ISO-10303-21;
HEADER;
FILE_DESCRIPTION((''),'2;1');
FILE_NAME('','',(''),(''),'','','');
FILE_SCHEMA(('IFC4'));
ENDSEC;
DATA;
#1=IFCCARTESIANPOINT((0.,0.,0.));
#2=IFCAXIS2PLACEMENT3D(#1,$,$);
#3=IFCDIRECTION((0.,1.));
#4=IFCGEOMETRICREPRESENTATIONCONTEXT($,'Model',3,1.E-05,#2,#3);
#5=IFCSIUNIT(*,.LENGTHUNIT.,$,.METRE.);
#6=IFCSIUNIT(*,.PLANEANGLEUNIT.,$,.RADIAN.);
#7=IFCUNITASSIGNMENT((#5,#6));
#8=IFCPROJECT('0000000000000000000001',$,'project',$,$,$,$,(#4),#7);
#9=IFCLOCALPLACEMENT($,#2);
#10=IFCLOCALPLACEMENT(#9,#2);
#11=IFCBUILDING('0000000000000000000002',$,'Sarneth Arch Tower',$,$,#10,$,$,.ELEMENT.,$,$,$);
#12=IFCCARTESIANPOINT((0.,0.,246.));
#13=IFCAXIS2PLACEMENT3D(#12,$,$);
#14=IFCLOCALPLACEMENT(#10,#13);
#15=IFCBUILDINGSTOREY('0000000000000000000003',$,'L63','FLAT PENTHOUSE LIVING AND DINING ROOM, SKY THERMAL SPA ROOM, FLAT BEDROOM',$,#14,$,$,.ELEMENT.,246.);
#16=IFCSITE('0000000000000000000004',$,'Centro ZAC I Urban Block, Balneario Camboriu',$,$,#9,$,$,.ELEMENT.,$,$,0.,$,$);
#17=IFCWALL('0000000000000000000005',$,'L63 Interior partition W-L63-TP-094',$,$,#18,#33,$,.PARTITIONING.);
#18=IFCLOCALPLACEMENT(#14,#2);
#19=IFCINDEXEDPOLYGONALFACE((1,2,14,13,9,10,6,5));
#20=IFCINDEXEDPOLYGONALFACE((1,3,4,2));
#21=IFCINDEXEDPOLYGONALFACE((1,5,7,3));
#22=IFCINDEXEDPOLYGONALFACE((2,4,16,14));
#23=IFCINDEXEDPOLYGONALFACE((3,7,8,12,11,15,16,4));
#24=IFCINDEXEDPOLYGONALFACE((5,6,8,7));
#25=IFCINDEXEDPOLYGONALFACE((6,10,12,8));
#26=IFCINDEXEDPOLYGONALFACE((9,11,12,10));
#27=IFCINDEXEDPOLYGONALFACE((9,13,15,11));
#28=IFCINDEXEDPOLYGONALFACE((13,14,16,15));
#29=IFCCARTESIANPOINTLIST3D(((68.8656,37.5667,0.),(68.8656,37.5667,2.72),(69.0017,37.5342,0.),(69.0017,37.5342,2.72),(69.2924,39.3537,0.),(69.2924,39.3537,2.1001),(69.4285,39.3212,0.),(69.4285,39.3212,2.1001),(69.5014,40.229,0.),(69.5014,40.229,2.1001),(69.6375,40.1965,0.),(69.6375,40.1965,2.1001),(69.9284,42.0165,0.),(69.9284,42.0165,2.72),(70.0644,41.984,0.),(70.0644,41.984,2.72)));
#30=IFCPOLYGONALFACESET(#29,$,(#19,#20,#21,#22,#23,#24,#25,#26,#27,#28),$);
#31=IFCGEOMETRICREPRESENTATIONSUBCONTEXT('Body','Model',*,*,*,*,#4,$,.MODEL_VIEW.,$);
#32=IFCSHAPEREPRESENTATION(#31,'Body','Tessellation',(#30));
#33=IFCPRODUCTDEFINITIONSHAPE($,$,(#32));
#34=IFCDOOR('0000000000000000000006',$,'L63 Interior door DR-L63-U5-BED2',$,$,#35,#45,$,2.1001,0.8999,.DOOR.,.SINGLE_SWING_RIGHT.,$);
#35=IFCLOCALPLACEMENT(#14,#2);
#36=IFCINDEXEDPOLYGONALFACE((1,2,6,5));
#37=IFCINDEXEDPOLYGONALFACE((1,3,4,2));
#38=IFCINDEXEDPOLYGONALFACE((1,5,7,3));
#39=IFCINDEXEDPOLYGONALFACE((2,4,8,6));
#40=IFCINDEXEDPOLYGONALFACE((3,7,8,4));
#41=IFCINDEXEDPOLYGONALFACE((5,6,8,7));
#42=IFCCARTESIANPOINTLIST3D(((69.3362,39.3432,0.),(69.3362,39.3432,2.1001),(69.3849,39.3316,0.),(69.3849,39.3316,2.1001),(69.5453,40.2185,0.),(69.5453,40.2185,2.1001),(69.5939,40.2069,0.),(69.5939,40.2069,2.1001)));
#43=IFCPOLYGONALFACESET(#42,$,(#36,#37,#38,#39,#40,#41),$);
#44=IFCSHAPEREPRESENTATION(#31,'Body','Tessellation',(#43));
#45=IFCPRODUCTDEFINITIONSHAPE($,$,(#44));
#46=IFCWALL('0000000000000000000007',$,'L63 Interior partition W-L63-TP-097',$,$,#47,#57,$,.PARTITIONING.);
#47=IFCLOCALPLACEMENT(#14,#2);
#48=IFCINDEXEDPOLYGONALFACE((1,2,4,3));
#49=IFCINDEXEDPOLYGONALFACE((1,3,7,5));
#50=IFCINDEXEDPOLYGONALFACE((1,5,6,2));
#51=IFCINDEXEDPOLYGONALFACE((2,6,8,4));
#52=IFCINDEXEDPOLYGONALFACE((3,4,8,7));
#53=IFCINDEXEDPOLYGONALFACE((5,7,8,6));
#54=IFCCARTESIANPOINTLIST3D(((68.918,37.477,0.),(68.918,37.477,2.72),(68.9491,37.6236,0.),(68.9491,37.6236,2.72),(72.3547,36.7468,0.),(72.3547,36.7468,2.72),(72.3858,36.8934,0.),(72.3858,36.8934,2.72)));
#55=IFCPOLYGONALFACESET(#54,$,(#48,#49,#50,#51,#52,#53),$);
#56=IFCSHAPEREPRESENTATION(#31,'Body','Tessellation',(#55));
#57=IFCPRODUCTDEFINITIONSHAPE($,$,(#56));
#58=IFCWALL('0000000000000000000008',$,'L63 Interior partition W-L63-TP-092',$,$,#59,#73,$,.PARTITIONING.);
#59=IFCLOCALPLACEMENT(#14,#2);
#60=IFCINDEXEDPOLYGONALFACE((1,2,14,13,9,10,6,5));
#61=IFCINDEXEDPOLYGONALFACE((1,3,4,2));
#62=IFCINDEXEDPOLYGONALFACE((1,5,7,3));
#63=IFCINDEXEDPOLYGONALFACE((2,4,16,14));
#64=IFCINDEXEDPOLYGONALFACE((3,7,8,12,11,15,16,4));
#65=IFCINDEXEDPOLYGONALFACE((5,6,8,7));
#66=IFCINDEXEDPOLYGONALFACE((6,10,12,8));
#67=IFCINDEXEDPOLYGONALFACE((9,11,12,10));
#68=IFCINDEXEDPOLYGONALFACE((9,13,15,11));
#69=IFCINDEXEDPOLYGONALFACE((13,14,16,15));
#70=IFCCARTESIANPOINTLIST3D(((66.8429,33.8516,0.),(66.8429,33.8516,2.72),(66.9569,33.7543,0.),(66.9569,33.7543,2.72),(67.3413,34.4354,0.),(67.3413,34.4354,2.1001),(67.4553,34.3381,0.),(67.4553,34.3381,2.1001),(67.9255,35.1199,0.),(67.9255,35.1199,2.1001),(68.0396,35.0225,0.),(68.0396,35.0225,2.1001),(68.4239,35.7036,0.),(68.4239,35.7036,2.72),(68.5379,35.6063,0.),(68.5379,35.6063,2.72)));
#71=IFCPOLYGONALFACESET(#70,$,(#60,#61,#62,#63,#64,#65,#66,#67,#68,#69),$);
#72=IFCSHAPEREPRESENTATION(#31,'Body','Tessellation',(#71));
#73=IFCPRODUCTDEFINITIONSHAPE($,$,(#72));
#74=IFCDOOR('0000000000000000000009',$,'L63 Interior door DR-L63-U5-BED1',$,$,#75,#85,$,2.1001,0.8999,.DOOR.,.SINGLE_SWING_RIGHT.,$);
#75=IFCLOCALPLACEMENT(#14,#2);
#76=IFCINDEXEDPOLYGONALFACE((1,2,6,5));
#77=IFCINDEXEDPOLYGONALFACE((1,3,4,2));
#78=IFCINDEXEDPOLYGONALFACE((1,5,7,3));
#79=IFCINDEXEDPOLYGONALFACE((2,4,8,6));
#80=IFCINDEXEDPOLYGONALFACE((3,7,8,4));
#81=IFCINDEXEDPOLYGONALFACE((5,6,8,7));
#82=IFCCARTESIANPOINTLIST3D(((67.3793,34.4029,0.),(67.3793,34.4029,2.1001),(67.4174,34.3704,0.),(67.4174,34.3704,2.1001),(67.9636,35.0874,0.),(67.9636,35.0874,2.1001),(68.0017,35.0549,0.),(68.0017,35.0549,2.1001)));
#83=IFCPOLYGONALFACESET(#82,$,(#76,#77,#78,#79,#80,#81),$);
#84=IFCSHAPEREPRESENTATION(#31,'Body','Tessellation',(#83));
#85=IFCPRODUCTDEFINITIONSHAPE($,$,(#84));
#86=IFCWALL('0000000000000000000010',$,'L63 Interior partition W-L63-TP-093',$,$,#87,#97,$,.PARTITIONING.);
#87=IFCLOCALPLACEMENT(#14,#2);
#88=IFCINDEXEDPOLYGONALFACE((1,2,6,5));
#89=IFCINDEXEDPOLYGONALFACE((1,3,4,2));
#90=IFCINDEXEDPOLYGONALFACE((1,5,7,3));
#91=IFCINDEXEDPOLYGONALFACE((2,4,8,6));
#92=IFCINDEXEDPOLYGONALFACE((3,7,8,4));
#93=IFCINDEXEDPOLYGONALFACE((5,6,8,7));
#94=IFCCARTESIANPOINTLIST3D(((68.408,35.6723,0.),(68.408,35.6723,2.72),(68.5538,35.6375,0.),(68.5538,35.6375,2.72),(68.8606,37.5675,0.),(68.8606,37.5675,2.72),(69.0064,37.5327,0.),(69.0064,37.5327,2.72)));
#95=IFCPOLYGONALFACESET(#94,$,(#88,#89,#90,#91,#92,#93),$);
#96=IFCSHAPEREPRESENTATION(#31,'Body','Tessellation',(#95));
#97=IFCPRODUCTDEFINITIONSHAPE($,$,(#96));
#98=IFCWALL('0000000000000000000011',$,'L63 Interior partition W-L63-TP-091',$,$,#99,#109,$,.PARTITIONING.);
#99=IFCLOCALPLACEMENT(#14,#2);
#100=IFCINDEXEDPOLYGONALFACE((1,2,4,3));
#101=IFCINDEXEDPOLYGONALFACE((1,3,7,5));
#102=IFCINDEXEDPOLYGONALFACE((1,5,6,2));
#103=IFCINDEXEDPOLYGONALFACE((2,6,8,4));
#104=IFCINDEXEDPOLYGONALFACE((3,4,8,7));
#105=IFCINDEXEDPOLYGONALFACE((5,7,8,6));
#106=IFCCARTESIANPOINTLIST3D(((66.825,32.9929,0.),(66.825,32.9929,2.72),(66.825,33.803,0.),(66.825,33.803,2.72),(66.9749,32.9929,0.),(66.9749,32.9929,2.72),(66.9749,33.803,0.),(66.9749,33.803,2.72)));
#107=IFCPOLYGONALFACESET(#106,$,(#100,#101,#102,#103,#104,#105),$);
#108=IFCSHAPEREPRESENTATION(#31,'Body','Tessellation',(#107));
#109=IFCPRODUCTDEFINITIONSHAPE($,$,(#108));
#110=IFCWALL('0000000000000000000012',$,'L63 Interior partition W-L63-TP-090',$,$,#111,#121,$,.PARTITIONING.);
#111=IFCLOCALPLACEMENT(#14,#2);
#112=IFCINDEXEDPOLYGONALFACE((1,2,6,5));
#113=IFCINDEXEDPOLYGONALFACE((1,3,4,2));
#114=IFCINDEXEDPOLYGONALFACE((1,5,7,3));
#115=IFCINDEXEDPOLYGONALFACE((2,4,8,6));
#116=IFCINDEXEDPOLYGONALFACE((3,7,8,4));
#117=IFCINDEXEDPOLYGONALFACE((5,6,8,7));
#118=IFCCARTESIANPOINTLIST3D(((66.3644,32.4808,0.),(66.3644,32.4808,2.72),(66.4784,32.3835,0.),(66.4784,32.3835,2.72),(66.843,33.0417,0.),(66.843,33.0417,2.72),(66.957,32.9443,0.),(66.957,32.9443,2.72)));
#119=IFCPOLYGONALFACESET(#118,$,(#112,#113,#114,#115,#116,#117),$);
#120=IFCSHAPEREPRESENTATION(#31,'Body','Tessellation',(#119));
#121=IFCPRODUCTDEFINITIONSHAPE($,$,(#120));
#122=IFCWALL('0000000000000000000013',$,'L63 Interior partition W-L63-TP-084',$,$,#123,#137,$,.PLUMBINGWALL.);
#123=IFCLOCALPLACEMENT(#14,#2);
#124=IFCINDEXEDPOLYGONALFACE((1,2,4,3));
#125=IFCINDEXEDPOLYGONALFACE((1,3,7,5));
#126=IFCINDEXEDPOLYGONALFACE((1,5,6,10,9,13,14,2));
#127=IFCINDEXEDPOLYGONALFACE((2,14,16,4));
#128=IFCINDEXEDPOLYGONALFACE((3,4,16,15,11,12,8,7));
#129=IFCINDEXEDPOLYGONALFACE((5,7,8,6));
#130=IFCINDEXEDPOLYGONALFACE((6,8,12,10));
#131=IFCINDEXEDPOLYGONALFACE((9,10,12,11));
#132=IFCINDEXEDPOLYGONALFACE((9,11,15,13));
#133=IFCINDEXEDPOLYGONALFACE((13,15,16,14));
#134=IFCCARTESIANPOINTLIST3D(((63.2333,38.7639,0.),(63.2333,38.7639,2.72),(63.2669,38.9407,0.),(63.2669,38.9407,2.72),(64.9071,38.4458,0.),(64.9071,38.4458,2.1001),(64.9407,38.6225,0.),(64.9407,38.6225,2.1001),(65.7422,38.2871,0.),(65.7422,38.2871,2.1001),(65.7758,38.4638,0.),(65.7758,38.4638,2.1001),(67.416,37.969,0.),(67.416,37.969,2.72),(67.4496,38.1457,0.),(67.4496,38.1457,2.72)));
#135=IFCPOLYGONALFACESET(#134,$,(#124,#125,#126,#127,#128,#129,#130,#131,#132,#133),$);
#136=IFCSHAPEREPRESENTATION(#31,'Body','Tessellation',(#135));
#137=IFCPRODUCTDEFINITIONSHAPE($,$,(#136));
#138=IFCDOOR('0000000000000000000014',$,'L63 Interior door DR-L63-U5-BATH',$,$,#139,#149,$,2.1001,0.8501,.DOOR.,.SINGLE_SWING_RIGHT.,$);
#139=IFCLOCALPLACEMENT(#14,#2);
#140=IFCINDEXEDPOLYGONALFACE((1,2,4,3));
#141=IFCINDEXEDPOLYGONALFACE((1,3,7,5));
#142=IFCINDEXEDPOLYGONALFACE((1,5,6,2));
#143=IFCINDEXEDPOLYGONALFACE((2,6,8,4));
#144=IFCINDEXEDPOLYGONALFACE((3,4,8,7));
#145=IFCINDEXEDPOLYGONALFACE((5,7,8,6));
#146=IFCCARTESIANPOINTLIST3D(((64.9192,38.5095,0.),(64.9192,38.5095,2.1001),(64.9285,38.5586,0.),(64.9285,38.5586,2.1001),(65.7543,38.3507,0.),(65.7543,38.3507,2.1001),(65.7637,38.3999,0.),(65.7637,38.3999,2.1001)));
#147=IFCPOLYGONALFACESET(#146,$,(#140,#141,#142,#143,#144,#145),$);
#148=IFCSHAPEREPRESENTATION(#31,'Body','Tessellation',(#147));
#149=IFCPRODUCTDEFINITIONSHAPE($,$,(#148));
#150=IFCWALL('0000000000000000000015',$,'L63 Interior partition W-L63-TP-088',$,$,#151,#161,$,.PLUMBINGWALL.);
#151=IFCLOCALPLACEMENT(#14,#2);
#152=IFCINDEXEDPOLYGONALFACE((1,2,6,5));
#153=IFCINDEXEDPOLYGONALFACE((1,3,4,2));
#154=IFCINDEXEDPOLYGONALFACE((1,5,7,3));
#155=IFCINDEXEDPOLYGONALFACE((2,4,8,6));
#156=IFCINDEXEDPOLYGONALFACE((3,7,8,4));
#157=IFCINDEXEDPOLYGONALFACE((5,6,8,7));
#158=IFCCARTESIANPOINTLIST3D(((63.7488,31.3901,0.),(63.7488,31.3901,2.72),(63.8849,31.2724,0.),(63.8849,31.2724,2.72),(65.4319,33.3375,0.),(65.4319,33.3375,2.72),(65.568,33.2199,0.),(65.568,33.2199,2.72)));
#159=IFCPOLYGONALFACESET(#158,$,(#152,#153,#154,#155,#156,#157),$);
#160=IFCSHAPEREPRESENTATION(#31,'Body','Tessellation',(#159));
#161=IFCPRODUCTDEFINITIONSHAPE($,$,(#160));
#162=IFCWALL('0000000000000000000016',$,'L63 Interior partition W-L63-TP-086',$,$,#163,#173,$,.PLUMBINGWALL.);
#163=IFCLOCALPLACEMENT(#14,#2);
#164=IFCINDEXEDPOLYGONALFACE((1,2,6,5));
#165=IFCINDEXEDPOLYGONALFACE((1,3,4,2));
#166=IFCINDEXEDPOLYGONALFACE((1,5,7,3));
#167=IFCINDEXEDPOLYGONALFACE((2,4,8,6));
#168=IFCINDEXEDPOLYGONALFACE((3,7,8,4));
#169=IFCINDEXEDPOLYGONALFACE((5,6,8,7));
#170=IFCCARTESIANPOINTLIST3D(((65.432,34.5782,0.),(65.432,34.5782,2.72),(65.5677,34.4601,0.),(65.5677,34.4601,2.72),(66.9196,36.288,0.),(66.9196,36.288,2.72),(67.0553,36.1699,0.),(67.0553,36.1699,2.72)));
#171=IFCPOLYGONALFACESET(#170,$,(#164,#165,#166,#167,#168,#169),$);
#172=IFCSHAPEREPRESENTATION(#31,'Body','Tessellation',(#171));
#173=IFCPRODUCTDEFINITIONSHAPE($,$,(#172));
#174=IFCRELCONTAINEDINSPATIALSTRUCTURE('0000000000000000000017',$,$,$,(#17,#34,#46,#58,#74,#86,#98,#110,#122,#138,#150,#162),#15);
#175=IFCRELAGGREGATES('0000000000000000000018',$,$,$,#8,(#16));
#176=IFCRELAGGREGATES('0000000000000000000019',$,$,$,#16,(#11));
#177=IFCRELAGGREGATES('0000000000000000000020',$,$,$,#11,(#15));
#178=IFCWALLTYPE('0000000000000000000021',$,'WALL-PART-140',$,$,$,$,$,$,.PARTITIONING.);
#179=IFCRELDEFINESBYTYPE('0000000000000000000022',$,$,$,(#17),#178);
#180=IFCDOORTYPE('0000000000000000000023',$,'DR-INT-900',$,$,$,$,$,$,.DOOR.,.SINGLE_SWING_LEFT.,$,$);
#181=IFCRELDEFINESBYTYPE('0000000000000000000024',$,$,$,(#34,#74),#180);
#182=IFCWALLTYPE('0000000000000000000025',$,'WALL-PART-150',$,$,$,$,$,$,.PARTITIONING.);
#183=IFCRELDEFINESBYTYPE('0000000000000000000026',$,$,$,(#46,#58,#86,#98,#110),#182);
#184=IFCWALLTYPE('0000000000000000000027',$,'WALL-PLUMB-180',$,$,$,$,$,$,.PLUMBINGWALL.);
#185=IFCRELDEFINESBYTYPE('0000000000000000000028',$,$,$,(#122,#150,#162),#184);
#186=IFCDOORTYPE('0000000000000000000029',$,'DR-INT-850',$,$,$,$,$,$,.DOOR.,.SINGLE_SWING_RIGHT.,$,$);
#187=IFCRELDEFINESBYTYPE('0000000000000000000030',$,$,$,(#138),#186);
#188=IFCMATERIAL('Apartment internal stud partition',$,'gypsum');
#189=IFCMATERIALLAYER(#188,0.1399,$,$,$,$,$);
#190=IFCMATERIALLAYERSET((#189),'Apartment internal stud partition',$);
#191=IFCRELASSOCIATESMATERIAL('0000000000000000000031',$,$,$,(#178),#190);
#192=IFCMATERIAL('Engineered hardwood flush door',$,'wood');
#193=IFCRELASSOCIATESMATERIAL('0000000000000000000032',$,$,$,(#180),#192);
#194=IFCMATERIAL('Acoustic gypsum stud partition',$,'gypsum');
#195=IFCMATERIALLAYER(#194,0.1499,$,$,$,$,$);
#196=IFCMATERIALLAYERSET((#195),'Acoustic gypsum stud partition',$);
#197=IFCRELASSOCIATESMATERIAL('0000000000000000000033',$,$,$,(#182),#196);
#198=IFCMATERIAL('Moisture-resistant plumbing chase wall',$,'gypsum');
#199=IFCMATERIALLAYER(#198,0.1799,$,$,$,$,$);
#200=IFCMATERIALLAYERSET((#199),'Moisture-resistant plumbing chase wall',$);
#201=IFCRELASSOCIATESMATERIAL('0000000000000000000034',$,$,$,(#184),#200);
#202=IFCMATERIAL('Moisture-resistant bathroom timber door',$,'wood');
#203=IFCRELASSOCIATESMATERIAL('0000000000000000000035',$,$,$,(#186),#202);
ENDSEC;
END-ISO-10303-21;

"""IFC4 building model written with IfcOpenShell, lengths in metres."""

from ifc_helpers import new_model, si_unit, direction, frame, frame_2d, origin, place, context, subcontext, project, spatial, rectangle, extrude, material, layer, layer_set, type_object, element, fill, save


model = new_model("IFC4")

# Units and contexts
model_context = context("Model", 3, precision=1e-05, world=origin(), true_north=direction((0.0, 1.0)))
body_context = subcontext(model_context, "Body", "Model", "MODEL_VIEW")
ifc_project = project(units=[si_unit("LENGTHUNIT", "METRE"), si_unit("PLANEANGLEUNIT", "RADIAN")], contexts=[model_context])

# Site, building, storey
site_placement = place(None, origin())
site = spatial("IfcSite", under=ifc_project, at=site_placement, Name="Centro ZAC I Urban Block, Balneario Camboriu", CompositionType="ELEMENT", RefElevation=0.0)
building_placement = place(site_placement, origin())
building = spatial("IfcBuilding", under=site, at=building_placement, Name="Sarneth Arch Tower", CompositionType="ELEMENT")
storey_placement = place(building_placement, frame((0.0, 0.0, 246.0)))
storey = spatial("IfcBuildingStorey", under=building, at=storey_placement, Name="L63", Description="FLAT PENTHOUSE LIVING AND DINING ROOM, SKY THERMAL SPA ROOM, FLAT BEDROOM", CompositionType="ELEMENT", Elevation=246.0)

# Wall, opening, door
ifc_material_1 = material(Name="Apartment internal stud partition", Category="gypsum")
ifc_layer_1 = layer(ifc_material_1, 0.1399)
ifc_layer_set_1 = layer_set([ifc_layer_1], Name="Apartment internal stud partition")
wall_type_1 = type_object("IfcWallType", Name="WALL-PART-140", PredefinedType="PARTITIONING", material=ifc_layer_set_1)
wall_1_placement = place(storey_placement, frame((68.9336, 37.5503, 0.0), z_axis=(0.0, 0.0, 1.0), x_axis=(0.232301, 0.972644, 0.0)))
wall_1 = element("IfcWall", 1, at=wall_1_placement, inside=storey, type_object=wall_type_1, Name="L63 Interior partition W-L63-TP-094", PredefinedType="PARTITIONING", context=body_context, shape_type="SweptSolid", body=[
    extrude(rectangle(XDim=4.575, YDim=0.1399, at=frame_2d((2.2876, 0.0))), origin(), (0.0, 0.0, 1.0), 2.72),
])
opening_1_placement = place(wall_1_placement, frame((1.8374, 0.0, 0.0)))
opening_1 = element("IfcOpeningElement", 2, at=opening_1_placement, cuts=wall_1, PredefinedType="OPENING", context=body_context, shape_type="SweptSolid", body=[
    extrude(rectangle(XDim=0.8999, YDim=2.1001, at=frame_2d((0.45, 1.05))), frame((0.0, 0.0798, 0.0), z_axis=(0.0, -1.0, 0.0), x_axis=(1.0, 0.0, 0.0)), (0.0, 0.0, 1.0), 0.1599),
])
ifc_material_2 = material(Name="Engineered hardwood flush door", Category="wood")
door_type_1 = type_object("IfcDoorType", Name="DR-INT-900", OperationType="SINGLE_SWING_LEFT", PredefinedType="DOOR", material=ifc_material_2)
door_1_placement = place(opening_1_placement, origin())
door_1 = element("IfcDoor", 3, at=door_1_placement, inside=storey, type_object=door_type_1, Name="L63 Interior door DR-L63-U5-BED2", OperationType="SINGLE_SWING_RIGHT", OverallHeight=2.1001, OverallWidth=0.8999, PredefinedType="DOOR", context=body_context, shape_type="SweptSolid", body=[
    extrude(rectangle(XDim=0.8999, YDim=2.1001, at=frame_2d((0.45, 1.05))), frame((0.0, 0.0249, 0.0), z_axis=(0.0, -1.0, 0.0), x_axis=(1.0, 0.0, 0.0)), (0.0, 0.0, 1.0), 0.05),
])
fill(opening_1, door_1)

# Wall
ifc_material_3 = material(Name="Acoustic gypsum stud partition", Category="gypsum")
ifc_layer_2 = layer(ifc_material_3, 0.1499)
ifc_layer_set_2 = layer_set([ifc_layer_2], Name="Acoustic gypsum stud partition")
wall_type_2 = type_object("IfcWallType", Name="WALL-PART-150", PredefinedType="PARTITIONING", material=ifc_layer_set_2)
wall_2_placement = place(storey_placement, frame((72.3704, 36.8201, 0.0), z_axis=(0.0, 0.0, 1.0), x_axis=(-0.978164, 0.207835, 0.0)))
element("IfcWall", 4, at=wall_2_placement, inside=storey, type_object=wall_type_2, Name="L63 Interior partition W-L63-TP-097", PredefinedType="PARTITIONING", context=body_context, shape_type="SweptSolid", body=[
    extrude(rectangle(XDim=3.5134, YDim=0.1499, at=frame_2d((1.7568, 0.0))), origin(), (0.0, 0.0, 1.0), 2.72),
])

# Wall, opening, door
wall_3_placement = place(storey_placement, frame((66.8999, 33.803, 0.0), z_axis=(0.0, 0.0, 1.0), x_axis=(0.649271, 0.760557, 0.0)))
wall_3 = element("IfcWall", 5, at=wall_3_placement, inside=storey, type_object=wall_type_2, Name="L63 Interior partition W-L63-TP-092", PredefinedType="PARTITIONING", context=body_context, shape_type="SweptSolid", body=[
    extrude(rectangle(XDim=2.4351, YDim=0.1499, at=frame_2d((1.2175, 0.0))), origin(), (0.0, 0.0, 1.0), 2.72),
])
opening_2_placement = place(wall_3_placement, frame((0.7676, 0.0, 0.0)))
opening_2 = element("IfcOpeningElement", 6, at=opening_2_placement, cuts=wall_3, PredefinedType="OPENING", context=body_context, shape_type="SweptSolid", body=[
    extrude(rectangle(XDim=0.8999, YDim=2.1001, at=frame_2d((0.45, 1.05))), frame((0.0, 0.085, 0.0), z_axis=(0.0, -1.0, 0.0), x_axis=(1.0, 0.0, 0.0)), (0.0, 0.0, 1.0), 0.1699),
])
door_2_placement = place(opening_2_placement, origin())
door_2 = element("IfcDoor", 7, at=door_2_placement, inside=storey, type_object=door_type_1, Name="L63 Interior door DR-L63-U5-BED1", OperationType="SINGLE_SWING_RIGHT", OverallHeight=2.1001, OverallWidth=0.8999, PredefinedType="DOOR", context=body_context, shape_type="SweptSolid", body=[
    extrude(rectangle(XDim=0.8999, YDim=2.1001, at=frame_2d((0.45, 1.05))), frame((0.0, 0.0249, 0.0), z_axis=(0.0, -1.0, 0.0), x_axis=(1.0, 0.0, 0.0)), (0.0, 0.0, 1.0), 0.05),
])
fill(opening_2, door_2)

# Walls
wall_4_placement = place(storey_placement, frame((68.481, 35.655, 0.0), z_axis=(0.0, 0.0, 1.0), x_axis=(0.232292, 0.972646, 0.0)))
element("IfcWall", 8, at=wall_4_placement, inside=storey, type_object=wall_type_2, Name="L63 Interior partition W-L63-TP-093", PredefinedType="PARTITIONING", context=body_context, shape_type="SweptSolid", body=[
    extrude(rectangle(XDim=1.9485, YDim=0.1499, at=frame_2d((0.9741, 0.0))), origin(), (0.0, 0.0, 1.0), 2.72),
])
wall_5_placement = place(storey_placement, frame((66.8999, 32.9929, 0.0), z_axis=(0.0, 0.0, 1.0), x_axis=(0.0, 1.0, 0.0)))
element("IfcWall", 9, at=wall_5_placement, inside=storey, type_object=wall_type_2, Name="L63 Interior partition W-L63-TP-091", PredefinedType="PARTITIONING", context=body_context, shape_type="SweptSolid", body=[
    extrude(rectangle(XDim=0.8101, YDim=0.1499, at=frame_2d((0.405, 0.0))), origin(), (0.0, 0.0, 1.0), 2.72),
])
wall_6_placement = place(storey_placement, frame((66.4214, 32.4321, 0.0), z_axis=(0.0, 0.0, 1.0), x_axis=(0.649099, 0.760704, 0.0)))
element("IfcWall", 10, at=wall_6_placement, inside=storey, type_object=wall_type_2, Name="L63 Interior partition W-L63-TP-090", PredefinedType="PARTITIONING", context=body_context, shape_type="SweptSolid", body=[
    extrude(rectangle(XDim=0.7373, YDim=0.1499, at=frame_2d((0.3687, 0.0))), origin(), (0.0, 0.0, 1.0), 2.72),
])

# Wall, opening, door
ifc_material_4 = material(Name="Moisture-resistant plumbing chase wall", Category="gypsum")
ifc_layer_3 = layer(ifc_material_4, 0.1799)
ifc_layer_set_3 = layer_set([ifc_layer_3], Name="Moisture-resistant plumbing chase wall")
wall_type_3 = type_object("IfcWallType", Name="WALL-PLUMB-180", PredefinedType="PLUMBINGWALL", material=ifc_layer_set_3)
wall_7_placement = place(storey_placement, frame((63.25, 38.8523, 0.0), z_axis=(0.0, 0.0, 1.0), x_axis=(0.982415, -0.186712, 0.0)))
wall_7 = element("IfcWall", 11, at=wall_7_placement, inside=storey, type_object=wall_type_3, Name="L63 Interior partition W-L63-TP-084", PredefinedType="PLUMBINGWALL", context=body_context, shape_type="SweptSolid", body=[
    extrude(rectangle(XDim=4.2576, YDim=0.1799, at=frame_2d((2.1289, 0.0))), origin(), (0.0, 0.0, 1.0), 2.72),
])
opening_3_placement = place(wall_7_placement, frame((1.7039, 0.0, 0.0)))
opening_3 = element("IfcOpeningElement", 12, at=opening_3_placement, cuts=wall_7, PredefinedType="OPENING", context=body_context, shape_type="SweptSolid", body=[
    extrude(rectangle(XDim=0.8501, YDim=2.1001, at=frame_2d((0.425, 1.05))), frame((0.0, 0.0999, 0.0), z_axis=(0.0, -1.0, 0.0), x_axis=(1.0, 0.0, 0.0)), (0.0, 0.0, 1.0), 0.2),
])
ifc_material_5 = material(Name="Moisture-resistant bathroom timber door", Category="wood")
door_type_2 = type_object("IfcDoorType", Name="DR-INT-850", OperationType="SINGLE_SWING_RIGHT", PredefinedType="DOOR", material=ifc_material_5)
door_3_placement = place(opening_3_placement, origin())
door_3 = element("IfcDoor", 13, at=door_3_placement, inside=storey, type_object=door_type_2, Name="L63 Interior door DR-L63-U5-BATH", OperationType="SINGLE_SWING_RIGHT", OverallHeight=2.1001, OverallWidth=0.8501, PredefinedType="DOOR", context=body_context, shape_type="SweptSolid", body=[
    extrude(rectangle(XDim=0.8501, YDim=2.1001, at=frame_2d((0.425, 1.05))), frame((0.0, 0.0249, 0.0), z_axis=(0.0, -1.0, 0.0), x_axis=(1.0, 0.0, 0.0)), (0.0, 0.0, 1.0), 0.05),
])
fill(opening_3, door_3)

# Walls
wall_8_placement = place(storey_placement, frame((65.5, 33.2788, 0.0), z_axis=(0.0, 0.0, 1.0), x_axis=(-0.653879, -0.756599, 0.0)))
element("IfcWall", 14, at=wall_8_placement, inside=storey, type_object=wall_type_3, Name="L63 Interior partition W-L63-TP-088", PredefinedType="PLUMBINGWALL", context=body_context, shape_type="SweptSolid", body=[
    extrude(rectangle(XDim=2.574, YDim=0.1799, at=frame_2d((1.2871, 0.0))), origin(), (0.0, 0.0, 1.0), 2.72),
])
wall_9_placement = place(storey_placement, frame((66.9875, 36.229, 0.0), z_axis=(0.0, 0.0, 1.0), x_axis=(-0.656389, -0.754422, 0.0)))
element("IfcWall", 15, at=wall_9_placement, inside=storey, type_object=wall_type_3, Name="L63 Interior partition W-L63-TP-086", PredefinedType="PLUMBINGWALL", context=body_context, shape_type="SweptSolid", body=[
    extrude(rectangle(XDim=2.2664, YDim=0.1799, at=frame_2d((1.1333, 0.0))), origin(), (0.0, 0.0, 1.0), 2.72),
])

save(model, "model.ifc")
